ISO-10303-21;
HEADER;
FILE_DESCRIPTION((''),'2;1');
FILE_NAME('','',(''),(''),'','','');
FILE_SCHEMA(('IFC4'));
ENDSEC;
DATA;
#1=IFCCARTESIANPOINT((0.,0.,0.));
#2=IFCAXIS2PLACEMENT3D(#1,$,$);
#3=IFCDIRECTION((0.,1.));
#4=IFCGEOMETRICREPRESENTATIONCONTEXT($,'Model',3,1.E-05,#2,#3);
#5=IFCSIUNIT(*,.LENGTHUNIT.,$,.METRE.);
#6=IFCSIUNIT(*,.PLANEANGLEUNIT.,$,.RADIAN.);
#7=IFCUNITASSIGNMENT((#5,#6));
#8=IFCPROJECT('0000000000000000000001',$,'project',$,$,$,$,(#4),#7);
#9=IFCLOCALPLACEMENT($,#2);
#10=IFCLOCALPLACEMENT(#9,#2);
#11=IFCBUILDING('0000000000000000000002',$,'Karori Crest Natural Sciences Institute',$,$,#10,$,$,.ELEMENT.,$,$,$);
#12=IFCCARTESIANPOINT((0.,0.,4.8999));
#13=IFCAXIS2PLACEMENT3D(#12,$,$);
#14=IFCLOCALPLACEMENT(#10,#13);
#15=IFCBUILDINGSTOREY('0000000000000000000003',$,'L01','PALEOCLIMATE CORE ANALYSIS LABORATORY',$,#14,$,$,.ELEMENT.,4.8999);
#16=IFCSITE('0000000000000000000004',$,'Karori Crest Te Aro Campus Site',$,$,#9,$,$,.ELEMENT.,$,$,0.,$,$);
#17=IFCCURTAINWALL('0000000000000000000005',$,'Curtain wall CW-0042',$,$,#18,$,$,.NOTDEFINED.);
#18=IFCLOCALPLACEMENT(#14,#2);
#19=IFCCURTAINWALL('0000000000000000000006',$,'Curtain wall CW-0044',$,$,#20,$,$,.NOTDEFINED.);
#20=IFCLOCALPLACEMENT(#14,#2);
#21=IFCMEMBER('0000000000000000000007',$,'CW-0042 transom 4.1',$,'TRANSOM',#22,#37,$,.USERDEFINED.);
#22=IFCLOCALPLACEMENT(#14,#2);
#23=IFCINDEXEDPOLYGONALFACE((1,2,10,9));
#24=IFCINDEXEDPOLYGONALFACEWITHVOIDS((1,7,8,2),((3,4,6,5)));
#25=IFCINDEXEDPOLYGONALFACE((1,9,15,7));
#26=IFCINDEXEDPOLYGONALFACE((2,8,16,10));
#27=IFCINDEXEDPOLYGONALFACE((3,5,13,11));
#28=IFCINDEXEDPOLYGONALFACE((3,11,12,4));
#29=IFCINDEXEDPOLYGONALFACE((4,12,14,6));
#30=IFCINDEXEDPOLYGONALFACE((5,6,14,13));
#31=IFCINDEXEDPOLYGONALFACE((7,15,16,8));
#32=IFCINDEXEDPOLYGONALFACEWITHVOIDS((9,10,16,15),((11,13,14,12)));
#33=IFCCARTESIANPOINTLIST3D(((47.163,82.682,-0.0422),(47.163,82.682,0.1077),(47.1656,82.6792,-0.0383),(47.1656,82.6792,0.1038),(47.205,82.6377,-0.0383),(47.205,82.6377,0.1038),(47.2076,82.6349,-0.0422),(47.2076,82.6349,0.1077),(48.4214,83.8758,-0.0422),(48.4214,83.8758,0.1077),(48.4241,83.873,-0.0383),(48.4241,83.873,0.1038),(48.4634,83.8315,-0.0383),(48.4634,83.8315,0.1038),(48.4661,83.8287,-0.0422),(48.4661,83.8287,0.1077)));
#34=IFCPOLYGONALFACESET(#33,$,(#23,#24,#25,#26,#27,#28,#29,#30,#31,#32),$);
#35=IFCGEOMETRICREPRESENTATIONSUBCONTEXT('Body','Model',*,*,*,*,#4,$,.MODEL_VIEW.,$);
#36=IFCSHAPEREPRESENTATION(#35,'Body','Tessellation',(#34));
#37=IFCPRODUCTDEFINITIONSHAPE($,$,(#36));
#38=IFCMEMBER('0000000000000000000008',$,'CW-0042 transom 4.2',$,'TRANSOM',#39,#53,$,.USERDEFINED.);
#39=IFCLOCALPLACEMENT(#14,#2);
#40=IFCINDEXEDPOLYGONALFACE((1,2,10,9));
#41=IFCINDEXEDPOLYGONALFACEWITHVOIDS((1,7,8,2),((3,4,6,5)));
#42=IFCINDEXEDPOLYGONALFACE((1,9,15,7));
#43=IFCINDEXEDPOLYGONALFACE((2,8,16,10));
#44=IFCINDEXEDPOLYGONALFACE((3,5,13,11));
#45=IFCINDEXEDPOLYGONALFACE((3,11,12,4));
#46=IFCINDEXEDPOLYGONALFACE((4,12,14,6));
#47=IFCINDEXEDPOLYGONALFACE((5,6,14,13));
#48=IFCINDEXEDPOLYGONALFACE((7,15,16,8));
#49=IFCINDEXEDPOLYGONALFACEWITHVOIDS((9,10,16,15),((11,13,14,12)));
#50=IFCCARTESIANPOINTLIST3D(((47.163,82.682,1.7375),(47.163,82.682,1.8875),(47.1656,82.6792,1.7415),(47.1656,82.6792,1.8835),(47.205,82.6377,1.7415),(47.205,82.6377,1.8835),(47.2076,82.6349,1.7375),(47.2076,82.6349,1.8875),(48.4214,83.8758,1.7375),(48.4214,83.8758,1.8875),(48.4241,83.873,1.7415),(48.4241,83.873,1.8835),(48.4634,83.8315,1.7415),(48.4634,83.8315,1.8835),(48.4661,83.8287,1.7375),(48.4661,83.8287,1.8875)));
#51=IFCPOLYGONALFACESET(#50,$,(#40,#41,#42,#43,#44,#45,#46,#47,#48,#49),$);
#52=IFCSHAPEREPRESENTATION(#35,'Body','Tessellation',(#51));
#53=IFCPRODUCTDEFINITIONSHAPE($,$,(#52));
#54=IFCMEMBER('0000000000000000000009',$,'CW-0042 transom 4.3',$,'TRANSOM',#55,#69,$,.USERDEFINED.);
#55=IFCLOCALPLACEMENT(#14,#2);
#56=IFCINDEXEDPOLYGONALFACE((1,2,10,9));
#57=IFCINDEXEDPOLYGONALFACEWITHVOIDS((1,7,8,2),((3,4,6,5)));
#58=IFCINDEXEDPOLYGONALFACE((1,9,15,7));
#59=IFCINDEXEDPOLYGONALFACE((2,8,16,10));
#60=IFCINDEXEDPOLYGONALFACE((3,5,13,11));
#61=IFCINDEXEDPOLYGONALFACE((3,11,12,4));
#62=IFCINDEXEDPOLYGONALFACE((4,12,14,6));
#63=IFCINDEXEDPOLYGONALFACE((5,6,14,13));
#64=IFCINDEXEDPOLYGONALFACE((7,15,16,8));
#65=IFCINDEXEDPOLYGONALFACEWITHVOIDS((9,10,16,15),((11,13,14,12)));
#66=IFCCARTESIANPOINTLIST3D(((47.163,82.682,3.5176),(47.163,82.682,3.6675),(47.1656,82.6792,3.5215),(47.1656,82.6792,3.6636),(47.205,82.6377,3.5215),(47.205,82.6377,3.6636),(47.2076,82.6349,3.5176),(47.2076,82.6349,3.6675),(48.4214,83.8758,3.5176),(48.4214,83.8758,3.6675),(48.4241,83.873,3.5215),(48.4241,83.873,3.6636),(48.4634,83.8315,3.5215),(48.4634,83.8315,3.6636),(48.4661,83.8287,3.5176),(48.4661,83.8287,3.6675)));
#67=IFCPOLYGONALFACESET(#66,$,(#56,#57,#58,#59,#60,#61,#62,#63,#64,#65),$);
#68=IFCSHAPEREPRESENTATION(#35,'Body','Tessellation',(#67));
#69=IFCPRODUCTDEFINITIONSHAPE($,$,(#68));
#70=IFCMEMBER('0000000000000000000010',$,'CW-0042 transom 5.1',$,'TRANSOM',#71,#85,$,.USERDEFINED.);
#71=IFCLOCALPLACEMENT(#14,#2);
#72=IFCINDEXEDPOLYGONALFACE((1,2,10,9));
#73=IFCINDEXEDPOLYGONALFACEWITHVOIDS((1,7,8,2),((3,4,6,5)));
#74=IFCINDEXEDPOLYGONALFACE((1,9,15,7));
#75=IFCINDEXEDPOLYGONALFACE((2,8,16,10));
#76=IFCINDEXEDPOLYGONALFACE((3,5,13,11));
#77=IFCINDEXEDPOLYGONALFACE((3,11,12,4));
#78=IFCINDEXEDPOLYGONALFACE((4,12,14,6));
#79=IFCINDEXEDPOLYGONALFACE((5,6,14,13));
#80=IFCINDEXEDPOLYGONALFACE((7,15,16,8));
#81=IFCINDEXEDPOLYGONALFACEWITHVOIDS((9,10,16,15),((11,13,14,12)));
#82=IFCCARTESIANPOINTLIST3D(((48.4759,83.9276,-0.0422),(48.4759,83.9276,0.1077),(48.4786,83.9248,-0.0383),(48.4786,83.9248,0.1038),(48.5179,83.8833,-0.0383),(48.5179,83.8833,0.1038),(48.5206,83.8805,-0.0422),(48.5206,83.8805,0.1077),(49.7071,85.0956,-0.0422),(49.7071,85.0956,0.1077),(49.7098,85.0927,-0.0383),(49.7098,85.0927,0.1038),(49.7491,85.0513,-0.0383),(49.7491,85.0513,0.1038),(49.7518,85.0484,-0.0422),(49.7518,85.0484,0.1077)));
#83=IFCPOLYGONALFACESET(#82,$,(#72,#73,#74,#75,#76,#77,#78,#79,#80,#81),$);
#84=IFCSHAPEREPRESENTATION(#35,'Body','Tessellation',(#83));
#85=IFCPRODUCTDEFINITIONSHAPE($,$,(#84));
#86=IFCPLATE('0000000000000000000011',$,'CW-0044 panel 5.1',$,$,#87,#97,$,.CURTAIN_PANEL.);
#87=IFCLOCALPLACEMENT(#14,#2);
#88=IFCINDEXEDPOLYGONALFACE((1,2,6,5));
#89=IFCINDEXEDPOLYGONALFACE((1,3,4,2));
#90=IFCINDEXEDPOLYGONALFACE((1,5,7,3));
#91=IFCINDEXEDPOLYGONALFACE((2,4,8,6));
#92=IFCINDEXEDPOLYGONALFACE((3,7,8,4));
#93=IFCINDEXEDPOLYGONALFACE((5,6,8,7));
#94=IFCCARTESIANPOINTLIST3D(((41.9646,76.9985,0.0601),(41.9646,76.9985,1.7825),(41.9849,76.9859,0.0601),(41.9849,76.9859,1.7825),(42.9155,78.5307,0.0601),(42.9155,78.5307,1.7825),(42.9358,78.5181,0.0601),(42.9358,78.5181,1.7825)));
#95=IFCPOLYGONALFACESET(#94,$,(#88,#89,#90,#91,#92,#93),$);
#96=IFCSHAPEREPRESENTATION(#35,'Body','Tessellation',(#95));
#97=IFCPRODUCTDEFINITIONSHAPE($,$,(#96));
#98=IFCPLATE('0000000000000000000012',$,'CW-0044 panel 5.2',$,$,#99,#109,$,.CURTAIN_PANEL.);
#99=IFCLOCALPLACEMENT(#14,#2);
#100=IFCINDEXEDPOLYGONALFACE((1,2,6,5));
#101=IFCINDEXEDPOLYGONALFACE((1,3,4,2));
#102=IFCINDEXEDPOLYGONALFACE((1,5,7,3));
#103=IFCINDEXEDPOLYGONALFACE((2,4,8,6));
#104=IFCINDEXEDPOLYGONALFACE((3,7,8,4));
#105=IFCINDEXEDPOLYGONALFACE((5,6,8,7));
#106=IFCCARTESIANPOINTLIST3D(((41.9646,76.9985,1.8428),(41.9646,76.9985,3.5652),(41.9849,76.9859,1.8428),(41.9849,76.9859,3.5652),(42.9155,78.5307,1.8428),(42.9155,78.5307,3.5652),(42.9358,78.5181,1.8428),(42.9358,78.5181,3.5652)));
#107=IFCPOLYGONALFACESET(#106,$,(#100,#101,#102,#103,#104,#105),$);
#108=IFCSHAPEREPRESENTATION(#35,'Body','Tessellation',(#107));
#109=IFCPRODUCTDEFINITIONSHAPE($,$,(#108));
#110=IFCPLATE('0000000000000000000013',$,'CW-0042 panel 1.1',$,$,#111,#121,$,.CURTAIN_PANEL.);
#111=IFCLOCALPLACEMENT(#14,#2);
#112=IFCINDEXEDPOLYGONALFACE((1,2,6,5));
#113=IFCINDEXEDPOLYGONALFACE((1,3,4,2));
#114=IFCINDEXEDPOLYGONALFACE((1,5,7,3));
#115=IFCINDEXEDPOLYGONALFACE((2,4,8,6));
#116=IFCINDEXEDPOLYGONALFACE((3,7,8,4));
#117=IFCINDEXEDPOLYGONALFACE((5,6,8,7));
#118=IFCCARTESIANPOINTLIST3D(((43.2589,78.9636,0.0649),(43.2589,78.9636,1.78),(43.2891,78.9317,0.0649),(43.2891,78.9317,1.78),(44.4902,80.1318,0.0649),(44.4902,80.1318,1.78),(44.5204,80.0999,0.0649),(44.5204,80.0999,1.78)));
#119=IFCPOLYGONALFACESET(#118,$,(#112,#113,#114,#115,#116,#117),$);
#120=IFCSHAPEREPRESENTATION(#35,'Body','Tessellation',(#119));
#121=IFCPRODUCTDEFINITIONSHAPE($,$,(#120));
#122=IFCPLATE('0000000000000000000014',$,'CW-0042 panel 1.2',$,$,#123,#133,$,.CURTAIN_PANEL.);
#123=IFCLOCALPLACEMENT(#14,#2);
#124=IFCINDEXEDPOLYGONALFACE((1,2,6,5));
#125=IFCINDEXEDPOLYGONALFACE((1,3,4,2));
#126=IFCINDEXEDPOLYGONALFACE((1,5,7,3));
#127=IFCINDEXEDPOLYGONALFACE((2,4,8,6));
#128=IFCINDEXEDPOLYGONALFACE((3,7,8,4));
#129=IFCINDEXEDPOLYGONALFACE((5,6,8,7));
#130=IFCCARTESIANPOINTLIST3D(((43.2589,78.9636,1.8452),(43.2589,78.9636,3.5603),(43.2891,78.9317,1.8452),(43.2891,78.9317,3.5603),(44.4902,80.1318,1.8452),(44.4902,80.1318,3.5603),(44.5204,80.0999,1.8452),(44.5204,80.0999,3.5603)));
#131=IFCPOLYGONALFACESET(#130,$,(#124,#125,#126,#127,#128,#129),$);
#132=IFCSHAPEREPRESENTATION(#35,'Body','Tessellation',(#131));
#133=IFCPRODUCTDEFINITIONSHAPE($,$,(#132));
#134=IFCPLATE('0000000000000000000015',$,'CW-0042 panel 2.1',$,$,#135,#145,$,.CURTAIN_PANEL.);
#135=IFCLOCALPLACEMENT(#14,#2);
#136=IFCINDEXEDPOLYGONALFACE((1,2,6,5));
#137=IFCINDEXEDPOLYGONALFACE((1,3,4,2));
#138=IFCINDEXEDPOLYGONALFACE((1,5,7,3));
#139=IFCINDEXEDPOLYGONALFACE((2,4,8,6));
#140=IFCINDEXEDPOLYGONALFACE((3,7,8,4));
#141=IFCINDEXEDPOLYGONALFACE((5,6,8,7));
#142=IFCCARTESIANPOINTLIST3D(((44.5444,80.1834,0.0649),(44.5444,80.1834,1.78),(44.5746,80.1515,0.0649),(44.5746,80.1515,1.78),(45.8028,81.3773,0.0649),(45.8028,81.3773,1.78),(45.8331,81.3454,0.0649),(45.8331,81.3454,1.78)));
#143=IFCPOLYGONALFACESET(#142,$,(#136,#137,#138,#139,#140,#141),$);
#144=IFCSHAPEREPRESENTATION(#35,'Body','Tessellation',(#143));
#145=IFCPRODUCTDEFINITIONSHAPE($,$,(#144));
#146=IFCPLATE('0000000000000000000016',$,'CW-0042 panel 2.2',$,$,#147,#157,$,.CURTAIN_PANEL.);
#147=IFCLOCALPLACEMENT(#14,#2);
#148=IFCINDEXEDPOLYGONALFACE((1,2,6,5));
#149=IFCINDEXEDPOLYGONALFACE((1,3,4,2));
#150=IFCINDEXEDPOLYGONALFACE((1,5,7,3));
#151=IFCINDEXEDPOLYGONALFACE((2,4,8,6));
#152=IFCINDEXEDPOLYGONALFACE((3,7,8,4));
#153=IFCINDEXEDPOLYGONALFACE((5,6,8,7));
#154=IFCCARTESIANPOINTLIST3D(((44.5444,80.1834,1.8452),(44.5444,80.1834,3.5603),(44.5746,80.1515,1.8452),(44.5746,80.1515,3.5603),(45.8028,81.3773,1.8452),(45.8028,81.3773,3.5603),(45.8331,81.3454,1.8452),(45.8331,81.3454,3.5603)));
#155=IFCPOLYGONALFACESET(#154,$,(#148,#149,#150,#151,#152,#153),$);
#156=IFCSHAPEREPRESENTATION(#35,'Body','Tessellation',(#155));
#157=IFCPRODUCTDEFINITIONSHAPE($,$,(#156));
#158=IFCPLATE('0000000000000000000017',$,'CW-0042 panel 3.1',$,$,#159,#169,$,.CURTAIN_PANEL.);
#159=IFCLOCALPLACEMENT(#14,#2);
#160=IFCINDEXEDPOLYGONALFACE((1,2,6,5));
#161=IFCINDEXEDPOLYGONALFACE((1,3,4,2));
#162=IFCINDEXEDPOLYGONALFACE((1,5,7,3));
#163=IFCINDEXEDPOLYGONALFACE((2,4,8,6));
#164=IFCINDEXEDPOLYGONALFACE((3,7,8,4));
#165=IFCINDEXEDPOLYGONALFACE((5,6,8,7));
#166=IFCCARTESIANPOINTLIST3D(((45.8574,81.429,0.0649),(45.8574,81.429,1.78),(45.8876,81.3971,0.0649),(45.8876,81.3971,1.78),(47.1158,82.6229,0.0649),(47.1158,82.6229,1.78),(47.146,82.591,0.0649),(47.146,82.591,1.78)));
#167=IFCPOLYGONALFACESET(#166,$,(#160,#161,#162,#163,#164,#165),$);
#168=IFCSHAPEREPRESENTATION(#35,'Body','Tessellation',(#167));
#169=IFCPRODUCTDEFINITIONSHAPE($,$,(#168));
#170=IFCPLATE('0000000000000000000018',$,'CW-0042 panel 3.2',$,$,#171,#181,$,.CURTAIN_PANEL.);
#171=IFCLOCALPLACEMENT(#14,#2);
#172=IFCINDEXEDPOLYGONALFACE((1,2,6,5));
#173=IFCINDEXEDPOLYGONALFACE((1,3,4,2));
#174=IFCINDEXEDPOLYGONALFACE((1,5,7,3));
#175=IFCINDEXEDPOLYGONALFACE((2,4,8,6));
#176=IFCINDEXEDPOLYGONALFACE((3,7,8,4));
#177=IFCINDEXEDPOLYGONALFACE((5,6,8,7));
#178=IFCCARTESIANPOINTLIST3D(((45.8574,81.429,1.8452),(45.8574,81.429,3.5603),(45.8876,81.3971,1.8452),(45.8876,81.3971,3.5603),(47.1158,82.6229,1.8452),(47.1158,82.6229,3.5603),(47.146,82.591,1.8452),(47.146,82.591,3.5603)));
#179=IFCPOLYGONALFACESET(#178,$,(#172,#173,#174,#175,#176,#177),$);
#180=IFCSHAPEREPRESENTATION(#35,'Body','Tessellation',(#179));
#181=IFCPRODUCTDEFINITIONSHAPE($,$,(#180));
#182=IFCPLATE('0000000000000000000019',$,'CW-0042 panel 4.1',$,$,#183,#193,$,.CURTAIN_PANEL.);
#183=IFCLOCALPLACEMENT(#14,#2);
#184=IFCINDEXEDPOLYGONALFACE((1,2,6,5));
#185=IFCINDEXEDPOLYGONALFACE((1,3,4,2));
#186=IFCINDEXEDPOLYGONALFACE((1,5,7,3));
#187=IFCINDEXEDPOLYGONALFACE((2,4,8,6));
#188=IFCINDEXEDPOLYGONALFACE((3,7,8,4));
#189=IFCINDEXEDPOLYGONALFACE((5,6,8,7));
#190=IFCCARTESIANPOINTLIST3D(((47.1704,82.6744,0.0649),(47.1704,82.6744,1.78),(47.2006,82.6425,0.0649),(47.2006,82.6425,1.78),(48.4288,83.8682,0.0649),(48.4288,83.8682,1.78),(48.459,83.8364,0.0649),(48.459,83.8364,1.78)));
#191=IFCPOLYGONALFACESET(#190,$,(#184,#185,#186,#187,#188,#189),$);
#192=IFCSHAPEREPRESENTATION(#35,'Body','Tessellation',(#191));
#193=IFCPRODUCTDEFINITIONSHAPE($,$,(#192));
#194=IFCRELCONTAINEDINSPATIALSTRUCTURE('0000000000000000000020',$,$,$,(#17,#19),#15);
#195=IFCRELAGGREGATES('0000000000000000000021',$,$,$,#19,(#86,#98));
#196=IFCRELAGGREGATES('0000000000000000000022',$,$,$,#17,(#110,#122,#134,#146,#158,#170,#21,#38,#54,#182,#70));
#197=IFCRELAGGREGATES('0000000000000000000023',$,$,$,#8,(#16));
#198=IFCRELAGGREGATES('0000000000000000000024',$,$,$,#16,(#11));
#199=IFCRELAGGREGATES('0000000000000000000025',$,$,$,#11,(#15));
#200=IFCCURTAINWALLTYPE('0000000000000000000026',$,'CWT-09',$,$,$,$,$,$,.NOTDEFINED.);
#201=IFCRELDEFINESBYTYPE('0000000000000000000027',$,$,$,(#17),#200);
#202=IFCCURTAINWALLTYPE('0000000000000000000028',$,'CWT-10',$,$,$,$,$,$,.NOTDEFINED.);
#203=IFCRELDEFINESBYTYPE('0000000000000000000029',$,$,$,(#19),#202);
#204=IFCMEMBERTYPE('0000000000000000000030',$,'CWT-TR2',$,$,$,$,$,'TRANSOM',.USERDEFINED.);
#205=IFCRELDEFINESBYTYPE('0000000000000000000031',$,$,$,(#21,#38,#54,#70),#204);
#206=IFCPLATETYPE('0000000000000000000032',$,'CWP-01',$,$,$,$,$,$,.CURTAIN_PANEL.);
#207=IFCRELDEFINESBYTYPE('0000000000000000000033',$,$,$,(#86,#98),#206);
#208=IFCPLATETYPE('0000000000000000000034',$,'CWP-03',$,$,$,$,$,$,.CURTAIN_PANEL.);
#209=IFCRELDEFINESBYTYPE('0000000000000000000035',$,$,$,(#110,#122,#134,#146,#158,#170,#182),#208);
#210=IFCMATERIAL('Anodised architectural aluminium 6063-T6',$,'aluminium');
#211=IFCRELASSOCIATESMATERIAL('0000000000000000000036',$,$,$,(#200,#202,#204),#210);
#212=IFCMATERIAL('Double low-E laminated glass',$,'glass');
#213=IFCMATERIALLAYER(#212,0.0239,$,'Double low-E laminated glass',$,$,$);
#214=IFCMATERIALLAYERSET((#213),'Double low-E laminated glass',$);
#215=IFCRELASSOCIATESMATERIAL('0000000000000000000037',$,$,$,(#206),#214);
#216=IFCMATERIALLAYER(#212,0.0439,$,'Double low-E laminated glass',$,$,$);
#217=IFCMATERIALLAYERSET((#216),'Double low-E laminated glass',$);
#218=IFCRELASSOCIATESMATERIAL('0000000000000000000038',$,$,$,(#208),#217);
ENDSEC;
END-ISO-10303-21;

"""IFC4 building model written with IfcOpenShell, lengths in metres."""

from ifc_helpers import new_model, si_unit, direction, frame, origin, origin_2d, place, context, subcontext, project, spatial, rectangle, hollow_rectangle, extrude, material, layer, layer_set, material_profile, profile_set, type_object, element, aggregate, save


model = new_model("IFC4")

# Units and contexts
model_context = context("Model", 3, precision=1e-05, world=origin(), true_north=direction((0.0, 1.0)))
body_context = subcontext(model_context, "Body", "Model", "MODEL_VIEW")
ifc_project = project(units=[si_unit("LENGTHUNIT", "METRE"), si_unit("PLANEANGLEUNIT", "RADIAN")], contexts=[model_context])

# Site, building, storey
site_placement = place(None, origin())
site = spatial("IfcSite", under=ifc_project, at=site_placement, Name="Karori Crest Te Aro Campus Site", CompositionType="ELEMENT", RefElevation=0.0)
building_placement = place(site_placement, origin())
building = spatial("IfcBuilding", under=site, at=building_placement, Name="Karori Crest Natural Sciences Institute", CompositionType="ELEMENT")
storey_placement = place(building_placement, frame((0.0, 0.0, 4.8999)))
storey = spatial("IfcBuildingStorey", under=building, at=storey_placement, Name="L01", Description="PALEOCLIMATE CORE ANALYSIS LABORATORY", CompositionType="ELEMENT", Elevation=4.8999)

# Curtain walls
ifc_material_1 = material(Name="Anodised architectural aluminium 6063-T6", Category="aluminium")
curtain_wall_type_1 = type_object("IfcCurtainWallType", Name="CWT-09", PredefinedType="NOTDEFINED", material=ifc_material_1)
curtain_wall_1_placement = place(storey_placement, origin())
curtain_wall_1 = element("IfcCurtainWall", 1, at=curtain_wall_1_placement, inside=storey, type_object=curtain_wall_type_1, Name="Curtain wall CW-0042", PredefinedType="NOTDEFINED")
curtain_wall_type_2 = type_object("IfcCurtainWallType", Name="CWT-10", PredefinedType="NOTDEFINED", material=ifc_material_1)
curtain_wall_2_placement = place(storey_placement, origin())
curtain_wall_2 = element("IfcCurtainWall", 2, at=curtain_wall_2_placement, inside=storey, type_object=curtain_wall_type_2, Name="Curtain wall CW-0044", PredefinedType="NOTDEFINED")

# Members
ifc_material_profile_1 = material_profile(ifc_material_1, hollow_rectangle(XDim=0.0649, YDim=0.1499, WallThickness=0.0039, at=origin_2d()), Name="CWT150x65x4")
ifc_profile_set_1 = profile_set([ifc_material_profile_1], Name="Anodised architectural aluminium 6063-T6")
member_type_1 = type_object("IfcMemberType", Name="CWT-TR2", ElementType="TRANSOM", PredefinedType="USERDEFINED", material=ifc_profile_set_1)
member_1_placement = place(storey_placement, frame((47.1853, 82.6584, 0.0327), z_axis=(0.725509, 0.688213, 0.0), x_axis=(-0.688213, 0.725509, 0.0)))
member_1 = element("IfcMember", 3, at=member_1_placement, type_object=member_type_1, Name="CW-0042 transom 4.1", ObjectType="TRANSOM", PredefinedType="USERDEFINED", context=body_context, shape_type="SweptSolid", body=[
    extrude(hollow_rectangle(XDim=0.0649, YDim=0.1499, WallThickness=0.0039, at=origin_2d()), origin(), (0.0, 0.0, 1.0), 1.7346),
])
member_2_placement = place(storey_placement, frame((47.1853, 82.6584, 1.8125), z_axis=(0.725509, 0.688213, 0.0), x_axis=(-0.688213, 0.725509, 0.0)))
member_2 = element("IfcMember", 4, at=member_2_placement, type_object=member_type_1, Name="CW-0042 transom 4.2", ObjectType="TRANSOM", PredefinedType="USERDEFINED", context=body_context, shape_type="SweptSolid", body=[
    extrude(hollow_rectangle(XDim=0.0649, YDim=0.1499, WallThickness=0.0039, at=origin_2d()), origin(), (0.0, 0.0, 1.0), 1.7346),
])
member_3_placement = place(storey_placement, frame((47.1853, 82.6584, 3.5925), z_axis=(0.725509, 0.688213, 0.0), x_axis=(-0.688213, 0.725509, 0.0)))
member_3 = element("IfcMember", 5, at=member_3_placement, type_object=member_type_1, Name="CW-0042 transom 4.3", ObjectType="TRANSOM", PredefinedType="USERDEFINED", context=body_context, shape_type="SweptSolid", body=[
    extrude(hollow_rectangle(XDim=0.0649, YDim=0.1499, WallThickness=0.0039, at=origin_2d()), origin(), (0.0, 0.0, 1.0), 1.7346),
])
member_4_placement = place(storey_placement, frame((48.4983, 83.9041, 0.0327), z_axis=(0.725491, 0.688231, 0.0), x_axis=(-0.688231, 0.725491, 0.0)))
member_4 = element("IfcMember", 6, at=member_4_placement, type_object=member_type_1, Name="CW-0042 transom 5.1", ObjectType="TRANSOM", PredefinedType="USERDEFINED", context=body_context, shape_type="SweptSolid", body=[
    extrude(hollow_rectangle(XDim=0.0649, YDim=0.1499, WallThickness=0.0039, at=origin_2d()), origin(), (0.0, 0.0, 1.0), 1.697),
])

# Plates
ifc_material_2 = material(Name="Double low-E laminated glass", Category="glass")
ifc_layer_1 = layer(ifc_material_2, 0.0239, Name="Double low-E laminated glass")
ifc_layer_set_1 = layer_set([ifc_layer_1], Name="Double low-E laminated glass")
plate_type_1 = type_object("IfcPlateType", Name="CWP-01", PredefinedType="CURTAIN_PANEL", material=ifc_layer_set_1)
plate_1_placement = place(storey_placement, frame((42.4502, 77.7583, 0.0601), z_axis=(0.0, 0.0, 1.0), x_axis=(0.527328, 0.849662, 0.0)))
plate_1 = element("IfcPlate", 7, at=plate_1_placement, type_object=plate_type_1, Name="CW-0044 panel 5.1", PredefinedType="CURTAIN_PANEL", context=body_context, shape_type="SweptSolid", body=[
    extrude(rectangle(XDim=1.8032, YDim=0.0239, at=origin_2d()), origin(), (0.0, 0.0, 1.0), 1.7224),
])
plate_2_placement = place(storey_placement, frame((42.4502, 77.7583, 1.8428), z_axis=(0.0, 0.0, 1.0), x_axis=(0.527328, 0.849662, 0.0)))
plate_2 = element("IfcPlate", 8, at=plate_2_placement, type_object=plate_type_1, Name="CW-0044 panel 5.2", PredefinedType="CURTAIN_PANEL", context=body_context, shape_type="SweptSolid", body=[
    extrude(rectangle(XDim=1.8032, YDim=0.0239, at=origin_2d()), origin(), (0.0, 0.0, 1.0), 1.7224),
])
aggregate(curtain_wall_2, [plate_1, plate_2])
ifc_layer_2 = layer(ifc_material_2, 0.0439, Name="Double low-E laminated glass")
ifc_layer_set_2 = layer_set([ifc_layer_2], Name="Double low-E laminated glass")
plate_type_2 = type_object("IfcPlateType", Name="CWP-03", PredefinedType="CURTAIN_PANEL", material=ifc_layer_set_2)
plate_3_placement = place(storey_placement, frame((43.8896, 79.5317, 0.0649), z_axis=(0.0, 0.0, 1.0), x_axis=(0.725473, 0.688251, 0.0)))
plate_3 = element("IfcPlate", 9, at=plate_3_placement, type_object=plate_type_2, Name="CW-0042 panel 1.1", PredefinedType="CURTAIN_PANEL", context=body_context, shape_type="SweptSolid", body=[
    extrude(rectangle(XDim=1.6973, YDim=0.0439, at=origin_2d()), origin(), (0.0, 0.0, 1.0), 1.7151),
])
plate_4_placement = place(storey_placement, frame((43.8896, 79.5317, 1.8452), z_axis=(0.0, 0.0, 1.0), x_axis=(0.725473, 0.688251, 0.0)))
plate_4 = element("IfcPlate", 10, at=plate_4_placement, type_object=plate_type_2, Name="CW-0042 panel 1.2", PredefinedType="CURTAIN_PANEL", context=body_context, shape_type="SweptSolid", body=[
    extrude(rectangle(XDim=1.6973, YDim=0.0439, at=origin_2d()), origin(), (0.0, 0.0, 1.0), 1.7151),
])
plate_5_placement = place(storey_placement, frame((45.1887, 80.7644, 0.0649), z_axis=(0.0, 0.0, 1.0), x_axis=(0.725473, 0.688251, 0.0)))
plate_5 = element("IfcPlate", 11, at=plate_5_placement, type_object=plate_type_2, Name="CW-0042 panel 2.1", PredefinedType="CURTAIN_PANEL", context=body_context, shape_type="SweptSolid", body=[
    extrude(rectangle(XDim=1.7346, YDim=0.0439, at=origin_2d()), origin(), (0.0, 0.0, 1.0), 1.7151),
])
plate_6_placement = place(storey_placement, frame((45.1887, 80.7644, 1.8452), z_axis=(0.0, 0.0, 1.0), x_axis=(0.725473, 0.688251, 0.0)))
plate_6 = element("IfcPlate", 12, at=plate_6_placement, type_object=plate_type_2, Name="CW-0042 panel 2.2", PredefinedType="CURTAIN_PANEL", context=body_context, shape_type="SweptSolid", body=[
    extrude(rectangle(XDim=1.7346, YDim=0.0439, at=origin_2d()), origin(), (0.0, 0.0, 1.0), 1.7151),
])
plate_7_placement = place(storey_placement, frame((46.5017, 82.01, 0.0649), z_axis=(0.0, 0.0, 1.0), x_axis=(0.725473, 0.688251, 0.0)))
plate_7 = element("IfcPlate", 13, at=plate_7_placement, type_object=plate_type_2, Name="CW-0042 panel 3.1", PredefinedType="CURTAIN_PANEL", context=body_context, shape_type="SweptSolid", body=[
    extrude(rectangle(XDim=1.7346, YDim=0.0439, at=origin_2d()), origin(), (0.0, 0.0, 1.0), 1.7151),
])
plate_8_placement = place(storey_placement, frame((46.5017, 82.01, 1.8452), z_axis=(0.0, 0.0, 1.0), x_axis=(0.725473, 0.688251, 0.0)))
plate_8 = element("IfcPlate", 14, at=plate_8_placement, type_object=plate_type_2, Name="CW-0042 panel 3.2", PredefinedType="CURTAIN_PANEL", context=body_context, shape_type="SweptSolid", body=[
    extrude(rectangle(XDim=1.7346, YDim=0.0439, at=origin_2d()), origin(), (0.0, 0.0, 1.0), 1.7151),
])
plate_9_placement = place(storey_placement, frame((47.8147, 83.2554, 0.0649), z_axis=(0.0, 0.0, 1.0), x_axis=(0.725473, 0.688251, 0.0)))
plate_9 = element("IfcPlate", 15, at=plate_9_placement, type_object=plate_type_2, Name="CW-0042 panel 4.1", PredefinedType="CURTAIN_PANEL", context=body_context, shape_type="SweptSolid", body=[
    extrude(rectangle(XDim=1.7346, YDim=0.0439, at=origin_2d()), origin(), (0.0, 0.0, 1.0), 1.7151),
])
aggregate(curtain_wall_1, [plate_3, plate_4, plate_5, plate_6, plate_7, plate_8, member_1, member_2, member_3, plate_9, member_4])

save(model, "model.ifc")
